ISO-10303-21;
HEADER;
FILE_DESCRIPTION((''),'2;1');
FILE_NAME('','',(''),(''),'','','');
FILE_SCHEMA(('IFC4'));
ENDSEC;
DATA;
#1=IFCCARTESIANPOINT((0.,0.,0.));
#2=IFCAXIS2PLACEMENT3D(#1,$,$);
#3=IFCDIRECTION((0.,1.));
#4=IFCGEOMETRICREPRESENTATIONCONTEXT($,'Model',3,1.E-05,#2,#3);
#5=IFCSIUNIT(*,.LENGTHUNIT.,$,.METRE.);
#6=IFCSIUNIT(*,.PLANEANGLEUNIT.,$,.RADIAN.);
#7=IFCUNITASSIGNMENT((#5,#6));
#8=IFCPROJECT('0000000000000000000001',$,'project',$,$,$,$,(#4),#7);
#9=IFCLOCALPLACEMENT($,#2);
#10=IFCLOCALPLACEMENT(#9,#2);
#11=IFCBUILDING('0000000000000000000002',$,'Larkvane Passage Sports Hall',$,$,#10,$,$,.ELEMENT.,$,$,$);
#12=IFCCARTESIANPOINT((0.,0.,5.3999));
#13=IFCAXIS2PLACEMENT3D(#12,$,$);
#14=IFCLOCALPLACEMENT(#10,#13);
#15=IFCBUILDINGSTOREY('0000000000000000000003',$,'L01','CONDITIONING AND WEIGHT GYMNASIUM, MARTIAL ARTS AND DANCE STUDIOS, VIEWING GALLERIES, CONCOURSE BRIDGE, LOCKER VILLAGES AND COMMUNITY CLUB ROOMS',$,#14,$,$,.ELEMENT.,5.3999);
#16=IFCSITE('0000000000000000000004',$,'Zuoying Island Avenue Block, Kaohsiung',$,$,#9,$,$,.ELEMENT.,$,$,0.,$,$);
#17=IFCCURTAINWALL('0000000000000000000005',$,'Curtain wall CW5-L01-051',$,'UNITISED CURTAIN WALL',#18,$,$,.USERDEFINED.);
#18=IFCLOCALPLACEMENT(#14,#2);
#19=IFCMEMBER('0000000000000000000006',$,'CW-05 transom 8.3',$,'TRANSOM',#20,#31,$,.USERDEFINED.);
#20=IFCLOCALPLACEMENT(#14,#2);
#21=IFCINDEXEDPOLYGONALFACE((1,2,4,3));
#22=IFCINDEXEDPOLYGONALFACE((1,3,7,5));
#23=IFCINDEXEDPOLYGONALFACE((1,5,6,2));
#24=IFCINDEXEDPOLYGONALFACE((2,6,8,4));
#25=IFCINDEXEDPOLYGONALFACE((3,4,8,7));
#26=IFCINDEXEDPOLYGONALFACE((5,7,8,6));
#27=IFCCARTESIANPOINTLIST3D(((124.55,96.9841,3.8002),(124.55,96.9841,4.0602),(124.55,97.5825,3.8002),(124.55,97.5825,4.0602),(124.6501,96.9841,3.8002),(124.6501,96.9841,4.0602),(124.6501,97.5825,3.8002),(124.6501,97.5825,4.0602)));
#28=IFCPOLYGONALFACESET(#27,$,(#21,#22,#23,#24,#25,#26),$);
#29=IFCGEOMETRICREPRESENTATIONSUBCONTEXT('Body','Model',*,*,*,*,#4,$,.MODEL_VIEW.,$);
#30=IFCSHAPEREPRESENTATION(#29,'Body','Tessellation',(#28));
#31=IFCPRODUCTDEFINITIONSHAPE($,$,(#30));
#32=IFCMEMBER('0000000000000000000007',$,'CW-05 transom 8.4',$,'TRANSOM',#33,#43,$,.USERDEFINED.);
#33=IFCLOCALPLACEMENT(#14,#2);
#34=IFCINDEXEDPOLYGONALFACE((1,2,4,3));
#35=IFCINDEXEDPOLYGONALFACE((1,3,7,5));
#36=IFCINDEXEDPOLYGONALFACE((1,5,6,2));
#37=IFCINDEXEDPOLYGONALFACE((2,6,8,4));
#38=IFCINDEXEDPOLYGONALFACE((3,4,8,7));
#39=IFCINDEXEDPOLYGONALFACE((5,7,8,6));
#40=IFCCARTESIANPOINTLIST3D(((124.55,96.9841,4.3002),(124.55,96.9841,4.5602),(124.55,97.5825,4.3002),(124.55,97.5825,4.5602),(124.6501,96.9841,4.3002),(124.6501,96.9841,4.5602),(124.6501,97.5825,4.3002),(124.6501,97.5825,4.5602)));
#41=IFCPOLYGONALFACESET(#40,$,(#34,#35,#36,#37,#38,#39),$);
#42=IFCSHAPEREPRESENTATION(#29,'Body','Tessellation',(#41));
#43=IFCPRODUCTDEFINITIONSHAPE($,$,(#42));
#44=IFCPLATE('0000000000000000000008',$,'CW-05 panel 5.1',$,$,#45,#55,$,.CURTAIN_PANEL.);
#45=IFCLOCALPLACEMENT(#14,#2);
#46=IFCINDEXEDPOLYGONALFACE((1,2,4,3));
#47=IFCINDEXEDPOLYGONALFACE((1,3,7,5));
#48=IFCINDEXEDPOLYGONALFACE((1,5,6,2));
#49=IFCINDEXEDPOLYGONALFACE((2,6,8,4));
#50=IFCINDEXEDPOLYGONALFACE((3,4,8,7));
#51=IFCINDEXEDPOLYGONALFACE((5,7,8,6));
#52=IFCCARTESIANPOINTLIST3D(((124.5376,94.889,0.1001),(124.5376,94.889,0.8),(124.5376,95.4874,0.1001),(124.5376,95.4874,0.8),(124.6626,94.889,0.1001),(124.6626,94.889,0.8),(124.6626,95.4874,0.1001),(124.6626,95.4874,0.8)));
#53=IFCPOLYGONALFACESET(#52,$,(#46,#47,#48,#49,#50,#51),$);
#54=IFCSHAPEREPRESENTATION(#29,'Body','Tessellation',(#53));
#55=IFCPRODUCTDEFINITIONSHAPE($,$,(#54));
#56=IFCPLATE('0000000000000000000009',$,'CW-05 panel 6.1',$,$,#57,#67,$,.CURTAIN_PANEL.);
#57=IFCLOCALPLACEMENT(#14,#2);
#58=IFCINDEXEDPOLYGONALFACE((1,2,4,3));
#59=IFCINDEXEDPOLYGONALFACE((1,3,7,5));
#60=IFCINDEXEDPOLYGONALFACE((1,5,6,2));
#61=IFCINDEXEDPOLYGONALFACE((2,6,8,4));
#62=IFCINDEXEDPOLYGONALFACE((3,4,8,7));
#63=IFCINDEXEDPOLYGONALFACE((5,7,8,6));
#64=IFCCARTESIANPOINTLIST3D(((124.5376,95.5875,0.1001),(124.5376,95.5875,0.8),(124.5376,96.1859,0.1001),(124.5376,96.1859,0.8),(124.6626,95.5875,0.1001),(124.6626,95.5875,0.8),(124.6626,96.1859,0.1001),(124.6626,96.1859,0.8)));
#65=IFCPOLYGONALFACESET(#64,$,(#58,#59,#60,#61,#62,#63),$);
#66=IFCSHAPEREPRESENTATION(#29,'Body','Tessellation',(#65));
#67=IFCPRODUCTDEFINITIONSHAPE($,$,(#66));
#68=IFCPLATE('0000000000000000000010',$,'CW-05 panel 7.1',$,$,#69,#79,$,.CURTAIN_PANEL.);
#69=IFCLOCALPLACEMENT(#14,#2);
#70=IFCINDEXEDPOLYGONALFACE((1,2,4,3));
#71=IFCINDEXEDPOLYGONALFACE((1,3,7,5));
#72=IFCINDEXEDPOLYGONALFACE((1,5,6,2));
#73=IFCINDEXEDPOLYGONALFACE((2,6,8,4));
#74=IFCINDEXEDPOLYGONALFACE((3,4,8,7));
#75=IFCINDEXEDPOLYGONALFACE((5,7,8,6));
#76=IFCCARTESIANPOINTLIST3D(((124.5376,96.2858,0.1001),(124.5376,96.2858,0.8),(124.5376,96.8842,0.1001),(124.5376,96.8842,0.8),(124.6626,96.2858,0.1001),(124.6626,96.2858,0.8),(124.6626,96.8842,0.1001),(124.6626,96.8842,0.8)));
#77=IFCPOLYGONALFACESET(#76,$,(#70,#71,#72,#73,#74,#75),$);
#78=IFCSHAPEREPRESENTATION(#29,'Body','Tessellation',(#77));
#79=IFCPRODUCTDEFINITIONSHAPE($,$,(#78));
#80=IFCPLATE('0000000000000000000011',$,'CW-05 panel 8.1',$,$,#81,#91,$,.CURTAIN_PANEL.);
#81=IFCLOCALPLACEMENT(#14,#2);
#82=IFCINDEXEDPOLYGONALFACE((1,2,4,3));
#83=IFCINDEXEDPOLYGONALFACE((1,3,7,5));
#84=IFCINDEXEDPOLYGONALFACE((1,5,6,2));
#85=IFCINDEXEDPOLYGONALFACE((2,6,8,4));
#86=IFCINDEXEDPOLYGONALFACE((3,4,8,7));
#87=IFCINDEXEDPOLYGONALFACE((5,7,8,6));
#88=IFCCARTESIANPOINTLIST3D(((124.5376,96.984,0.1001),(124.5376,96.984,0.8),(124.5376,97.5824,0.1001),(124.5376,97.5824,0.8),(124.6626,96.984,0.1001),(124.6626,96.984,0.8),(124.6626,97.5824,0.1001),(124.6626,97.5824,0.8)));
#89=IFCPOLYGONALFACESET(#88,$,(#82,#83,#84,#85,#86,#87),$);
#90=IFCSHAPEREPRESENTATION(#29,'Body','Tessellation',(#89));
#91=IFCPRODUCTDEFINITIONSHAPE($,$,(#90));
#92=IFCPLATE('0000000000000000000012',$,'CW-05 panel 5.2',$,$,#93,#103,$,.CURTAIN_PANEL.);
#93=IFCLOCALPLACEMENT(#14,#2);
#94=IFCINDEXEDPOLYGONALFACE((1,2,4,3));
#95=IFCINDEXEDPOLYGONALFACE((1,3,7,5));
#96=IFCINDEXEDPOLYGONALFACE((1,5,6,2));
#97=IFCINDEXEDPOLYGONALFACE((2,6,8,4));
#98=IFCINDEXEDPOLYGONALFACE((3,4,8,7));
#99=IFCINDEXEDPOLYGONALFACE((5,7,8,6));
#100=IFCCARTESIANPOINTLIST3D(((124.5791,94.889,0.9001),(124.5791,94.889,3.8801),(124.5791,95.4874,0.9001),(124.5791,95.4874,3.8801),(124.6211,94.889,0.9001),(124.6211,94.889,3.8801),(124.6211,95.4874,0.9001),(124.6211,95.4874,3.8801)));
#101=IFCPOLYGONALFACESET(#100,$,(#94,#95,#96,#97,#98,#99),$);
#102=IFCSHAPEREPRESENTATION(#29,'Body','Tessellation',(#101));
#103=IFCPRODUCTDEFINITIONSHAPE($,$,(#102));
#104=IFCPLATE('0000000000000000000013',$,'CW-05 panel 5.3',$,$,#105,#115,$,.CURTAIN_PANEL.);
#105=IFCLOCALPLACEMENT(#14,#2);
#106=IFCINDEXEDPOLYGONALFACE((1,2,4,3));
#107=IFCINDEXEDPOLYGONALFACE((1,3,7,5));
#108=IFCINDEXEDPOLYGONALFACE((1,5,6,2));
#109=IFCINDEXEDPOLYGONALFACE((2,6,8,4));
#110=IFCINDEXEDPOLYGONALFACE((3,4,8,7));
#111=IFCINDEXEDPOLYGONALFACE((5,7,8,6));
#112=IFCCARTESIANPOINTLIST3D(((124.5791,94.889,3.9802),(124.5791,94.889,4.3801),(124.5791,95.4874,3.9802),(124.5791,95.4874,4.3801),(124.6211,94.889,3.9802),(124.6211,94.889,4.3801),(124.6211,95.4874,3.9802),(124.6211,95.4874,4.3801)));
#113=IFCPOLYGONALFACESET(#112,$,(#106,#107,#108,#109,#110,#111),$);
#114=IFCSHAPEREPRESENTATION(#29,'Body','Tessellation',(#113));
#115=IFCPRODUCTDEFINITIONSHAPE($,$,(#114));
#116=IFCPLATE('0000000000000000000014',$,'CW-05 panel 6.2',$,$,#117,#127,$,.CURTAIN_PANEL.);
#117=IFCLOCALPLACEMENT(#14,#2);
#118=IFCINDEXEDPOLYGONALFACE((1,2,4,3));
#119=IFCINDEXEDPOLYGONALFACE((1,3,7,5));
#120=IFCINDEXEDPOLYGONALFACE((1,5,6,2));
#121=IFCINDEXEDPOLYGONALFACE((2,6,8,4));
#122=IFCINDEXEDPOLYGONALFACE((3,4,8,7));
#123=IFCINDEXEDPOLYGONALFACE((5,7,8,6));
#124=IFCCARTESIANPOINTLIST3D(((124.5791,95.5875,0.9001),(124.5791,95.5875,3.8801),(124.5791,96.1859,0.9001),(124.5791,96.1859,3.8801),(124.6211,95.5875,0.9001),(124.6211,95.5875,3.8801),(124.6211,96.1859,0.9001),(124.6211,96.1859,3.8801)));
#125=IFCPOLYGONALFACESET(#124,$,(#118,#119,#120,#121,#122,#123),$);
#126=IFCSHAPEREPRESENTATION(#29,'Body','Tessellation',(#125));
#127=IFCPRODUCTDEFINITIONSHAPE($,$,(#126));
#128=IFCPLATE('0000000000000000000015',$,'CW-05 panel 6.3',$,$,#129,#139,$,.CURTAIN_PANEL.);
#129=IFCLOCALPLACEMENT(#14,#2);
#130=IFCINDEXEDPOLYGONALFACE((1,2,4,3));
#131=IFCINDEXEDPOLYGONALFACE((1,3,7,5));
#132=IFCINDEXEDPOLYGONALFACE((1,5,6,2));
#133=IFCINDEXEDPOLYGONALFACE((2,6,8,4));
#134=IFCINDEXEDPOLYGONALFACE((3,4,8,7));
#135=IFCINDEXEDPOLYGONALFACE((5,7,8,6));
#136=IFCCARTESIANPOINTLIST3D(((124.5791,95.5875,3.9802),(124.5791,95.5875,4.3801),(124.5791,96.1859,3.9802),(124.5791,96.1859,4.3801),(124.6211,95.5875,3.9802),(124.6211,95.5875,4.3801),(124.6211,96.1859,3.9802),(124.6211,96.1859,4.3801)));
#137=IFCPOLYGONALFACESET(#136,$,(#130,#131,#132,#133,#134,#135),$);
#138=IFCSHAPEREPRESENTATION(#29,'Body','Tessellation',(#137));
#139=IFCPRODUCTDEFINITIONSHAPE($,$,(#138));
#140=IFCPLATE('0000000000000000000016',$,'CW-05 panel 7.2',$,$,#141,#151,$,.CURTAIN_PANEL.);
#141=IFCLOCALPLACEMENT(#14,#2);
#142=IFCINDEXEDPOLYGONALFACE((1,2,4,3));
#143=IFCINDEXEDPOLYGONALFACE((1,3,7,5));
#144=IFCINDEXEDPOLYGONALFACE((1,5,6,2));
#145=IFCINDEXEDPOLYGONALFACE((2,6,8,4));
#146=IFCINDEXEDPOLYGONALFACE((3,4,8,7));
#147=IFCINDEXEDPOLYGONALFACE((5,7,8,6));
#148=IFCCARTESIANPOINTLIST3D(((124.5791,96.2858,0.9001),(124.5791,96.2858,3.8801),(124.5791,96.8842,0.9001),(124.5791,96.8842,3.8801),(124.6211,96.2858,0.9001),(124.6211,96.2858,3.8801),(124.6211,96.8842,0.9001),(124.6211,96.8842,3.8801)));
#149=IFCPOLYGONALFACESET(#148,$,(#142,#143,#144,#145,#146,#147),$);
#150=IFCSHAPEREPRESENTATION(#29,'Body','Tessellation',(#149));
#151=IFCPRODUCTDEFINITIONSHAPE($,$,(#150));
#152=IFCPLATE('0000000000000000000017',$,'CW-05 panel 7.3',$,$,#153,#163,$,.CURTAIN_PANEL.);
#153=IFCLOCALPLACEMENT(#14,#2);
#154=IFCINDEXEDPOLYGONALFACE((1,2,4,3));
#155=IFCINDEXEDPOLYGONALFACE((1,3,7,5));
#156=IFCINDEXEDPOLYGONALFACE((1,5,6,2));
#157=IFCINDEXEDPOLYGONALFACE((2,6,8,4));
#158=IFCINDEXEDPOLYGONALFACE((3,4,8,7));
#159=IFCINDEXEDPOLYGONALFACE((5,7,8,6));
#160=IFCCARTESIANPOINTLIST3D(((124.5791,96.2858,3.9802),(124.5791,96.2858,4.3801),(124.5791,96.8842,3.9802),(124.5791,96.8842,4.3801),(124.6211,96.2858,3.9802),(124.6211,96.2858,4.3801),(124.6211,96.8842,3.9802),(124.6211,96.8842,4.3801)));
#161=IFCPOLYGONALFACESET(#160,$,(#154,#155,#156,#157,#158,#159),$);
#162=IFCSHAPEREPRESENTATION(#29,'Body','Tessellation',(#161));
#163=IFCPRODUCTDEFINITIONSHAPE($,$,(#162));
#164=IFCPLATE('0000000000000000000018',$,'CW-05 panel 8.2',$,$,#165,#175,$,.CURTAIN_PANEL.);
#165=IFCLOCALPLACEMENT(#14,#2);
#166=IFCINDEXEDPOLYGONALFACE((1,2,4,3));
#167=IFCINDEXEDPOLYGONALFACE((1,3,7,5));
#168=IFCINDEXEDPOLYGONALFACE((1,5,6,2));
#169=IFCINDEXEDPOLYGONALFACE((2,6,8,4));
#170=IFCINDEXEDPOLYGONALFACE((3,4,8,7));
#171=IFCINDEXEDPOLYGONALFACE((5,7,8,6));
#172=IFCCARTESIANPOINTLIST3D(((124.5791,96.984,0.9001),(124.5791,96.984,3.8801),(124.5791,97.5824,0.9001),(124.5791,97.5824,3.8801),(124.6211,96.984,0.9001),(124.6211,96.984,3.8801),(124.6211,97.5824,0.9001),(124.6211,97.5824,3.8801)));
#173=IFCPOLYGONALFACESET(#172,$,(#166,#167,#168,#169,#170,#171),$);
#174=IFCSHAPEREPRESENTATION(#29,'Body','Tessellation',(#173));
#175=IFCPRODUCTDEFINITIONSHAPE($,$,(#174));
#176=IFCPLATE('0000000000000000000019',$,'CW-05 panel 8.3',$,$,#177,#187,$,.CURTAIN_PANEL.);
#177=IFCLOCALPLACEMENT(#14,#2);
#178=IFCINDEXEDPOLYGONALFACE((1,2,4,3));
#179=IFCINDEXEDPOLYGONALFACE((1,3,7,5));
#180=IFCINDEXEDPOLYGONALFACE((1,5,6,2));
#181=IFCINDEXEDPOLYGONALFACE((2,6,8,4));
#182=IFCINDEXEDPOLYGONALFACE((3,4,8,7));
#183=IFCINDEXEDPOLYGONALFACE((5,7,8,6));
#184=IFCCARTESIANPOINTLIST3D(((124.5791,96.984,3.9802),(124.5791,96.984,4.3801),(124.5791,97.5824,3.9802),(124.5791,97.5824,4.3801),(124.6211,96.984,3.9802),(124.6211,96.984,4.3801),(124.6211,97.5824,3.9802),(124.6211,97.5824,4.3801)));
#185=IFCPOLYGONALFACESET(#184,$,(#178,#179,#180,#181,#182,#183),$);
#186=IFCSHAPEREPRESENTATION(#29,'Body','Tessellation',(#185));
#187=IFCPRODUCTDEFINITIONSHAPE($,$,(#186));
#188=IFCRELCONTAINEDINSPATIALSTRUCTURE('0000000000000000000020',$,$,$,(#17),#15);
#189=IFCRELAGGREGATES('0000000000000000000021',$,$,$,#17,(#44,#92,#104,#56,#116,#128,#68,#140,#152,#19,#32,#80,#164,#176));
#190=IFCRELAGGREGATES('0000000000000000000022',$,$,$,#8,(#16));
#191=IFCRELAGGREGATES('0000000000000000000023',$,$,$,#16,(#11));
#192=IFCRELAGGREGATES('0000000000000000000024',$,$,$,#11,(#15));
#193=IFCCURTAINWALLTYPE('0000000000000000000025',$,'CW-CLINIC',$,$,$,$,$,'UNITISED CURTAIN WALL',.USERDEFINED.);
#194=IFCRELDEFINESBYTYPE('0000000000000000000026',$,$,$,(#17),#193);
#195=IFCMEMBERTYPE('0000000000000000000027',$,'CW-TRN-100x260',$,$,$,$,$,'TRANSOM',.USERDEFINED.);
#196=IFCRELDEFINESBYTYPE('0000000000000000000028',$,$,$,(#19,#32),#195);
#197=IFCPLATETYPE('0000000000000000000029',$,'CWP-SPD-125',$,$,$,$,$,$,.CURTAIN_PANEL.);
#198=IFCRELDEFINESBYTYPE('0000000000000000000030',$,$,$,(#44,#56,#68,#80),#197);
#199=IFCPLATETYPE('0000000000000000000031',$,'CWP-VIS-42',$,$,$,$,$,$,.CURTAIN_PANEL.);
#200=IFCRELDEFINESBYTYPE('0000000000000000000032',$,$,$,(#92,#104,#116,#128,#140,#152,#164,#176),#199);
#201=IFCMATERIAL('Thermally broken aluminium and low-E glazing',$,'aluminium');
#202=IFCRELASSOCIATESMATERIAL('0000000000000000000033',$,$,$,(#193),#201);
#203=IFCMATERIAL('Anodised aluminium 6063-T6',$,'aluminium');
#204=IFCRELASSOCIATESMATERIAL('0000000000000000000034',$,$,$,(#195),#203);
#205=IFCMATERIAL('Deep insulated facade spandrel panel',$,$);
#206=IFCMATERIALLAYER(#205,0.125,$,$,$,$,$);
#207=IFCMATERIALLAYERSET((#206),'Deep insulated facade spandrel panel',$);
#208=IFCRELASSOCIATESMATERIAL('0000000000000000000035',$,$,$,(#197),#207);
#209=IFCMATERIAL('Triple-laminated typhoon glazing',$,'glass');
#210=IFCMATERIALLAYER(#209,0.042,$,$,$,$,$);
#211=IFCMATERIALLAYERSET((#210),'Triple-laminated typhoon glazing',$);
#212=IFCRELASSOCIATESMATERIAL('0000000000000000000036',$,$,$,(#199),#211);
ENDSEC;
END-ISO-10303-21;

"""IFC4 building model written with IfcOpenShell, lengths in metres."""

from ifc_helpers import new_model, si_unit, direction, frame, origin, origin_2d, place, context, subcontext, project, spatial, rectangle, extrude, material, layer, layer_set, material_profile, profile_set, type_object, element, aggregate, save


model = new_model("IFC4")

# Units and contexts
model_context = context("Model", 3, precision=1e-05, world=origin(), true_north=direction((0.0, 1.0)))
body_context = subcontext(model_context, "Body", "Model", "MODEL_VIEW")
ifc_project = project(units=[si_unit("LENGTHUNIT", "METRE"), si_unit("PLANEANGLEUNIT", "RADIAN")], contexts=[model_context])

# Site, building, storey
site_placement = place(None, origin())
site = spatial("IfcSite", under=ifc_project, at=site_placement, Name="Zuoying Island Avenue Block, Kaohsiung", CompositionType="ELEMENT", RefElevation=0.0)
building_placement = place(site_placement, origin())
building = spatial("IfcBuilding", under=site, at=building_placement, Name="Larkvane Passage Sports Hall", CompositionType="ELEMENT")
storey_placement = place(building_placement, frame((0.0, 0.0, 5.3999)))
storey = spatial("IfcBuildingStorey", under=building, at=storey_placement, Name="L01", Description="CONDITIONING AND WEIGHT GYMNASIUM, MARTIAL ARTS AND DANCE STUDIOS, VIEWING GALLERIES, CONCOURSE BRIDGE, LOCKER VILLAGES AND COMMUNITY CLUB ROOMS", CompositionType="ELEMENT", Elevation=5.3999)

# Curtain wall, members, plates
ifc_material_1 = material(Name="Thermally broken aluminium and low-E glazing", Category="aluminium")
curtain_wall_type = type_object("IfcCurtainWallType", Name="CW-CLINIC", ElementType="UNITISED CURTAIN WALL", PredefinedType="USERDEFINED", material=ifc_material_1)
curtain_wall_placement = place(storey_placement, origin())
curtain_wall = element("IfcCurtainWall", 1, at=curtain_wall_placement, inside=storey, type_object=curtain_wall_type, Name="Curtain wall CW5-L01-051", ObjectType="UNITISED CURTAIN WALL", PredefinedType="USERDEFINED")
ifc_material_2 = material(Name="Anodised aluminium 6063-T6", Category="aluminium")
ifc_material_profile_1 = material_profile(ifc_material_2, rectangle(XDim=0.1001, YDim=0.26, at=origin_2d()), Name="ALU-TRN-100x260")
ifc_profile_set_1 = profile_set([ifc_material_profile_1], Name="Anodised aluminium 6063-T6")
member_type_1 = type_object("IfcMemberType", Name="CW-TRN-100x260", ElementType="TRANSOM", PredefinedType="USERDEFINED", material=ifc_profile_set_1)
member_1_placement = place(storey_placement, frame((124.6001, 96.9841, 3.9302), z_axis=(0.0, 1.0, 0.0), x_axis=(-1.0, 0.0, 0.0)))
member_1 = element("IfcMember", 2, at=member_1_placement, type_object=member_type_1, Name="CW-05 transom 8.3", ObjectType="TRANSOM", PredefinedType="USERDEFINED", context=body_context, shape_type="SweptSolid", body=[
    extrude(rectangle(XDim=0.1001, YDim=0.26, at=origin_2d()), origin(), (0.0, 0.0, 1.0), 0.5984),
])
member_2_placement = place(storey_placement, frame((124.6001, 96.9841, 4.4302), z_axis=(0.0, 1.0, 0.0), x_axis=(-1.0, 0.0, 0.0)))
member_2 = element("IfcMember", 3, at=member_2_placement, type_object=member_type_1, Name="CW-05 transom 8.4", ObjectType="TRANSOM", PredefinedType="USERDEFINED", context=body_context, shape_type="SweptSolid", body=[
    extrude(rectangle(XDim=0.1001, YDim=0.26, at=origin_2d()), origin(), (0.0, 0.0, 1.0), 0.5984),
])
ifc_material_3 = material(Name="Deep insulated facade spandrel panel")
ifc_layer_1 = layer(ifc_material_3, 0.125)
ifc_layer_set_1 = layer_set([ifc_layer_1], Name="Deep insulated facade spandrel panel")
plate_type_1 = type_object("IfcPlateType", Name="CWP-SPD-125", PredefinedType="CURTAIN_PANEL", material=ifc_layer_set_1)
plate_1_placement = place(storey_placement, frame((124.6001, 95.1882, 0.1001), z_axis=(0.0, 0.0, 1.0), x_axis=(0.0, 1.0, 0.0)))
plate_1 = element("IfcPlate", 4, at=plate_1_placement, type_object=plate_type_1, Name="CW-05 panel 5.1", PredefinedType="CURTAIN_PANEL", context=body_context, shape_type="SweptSolid", body=[
    extrude(rectangle(XDim=0.5984, YDim=0.125, at=origin_2d()), origin(), (0.0, 0.0, 1.0), 0.7),
])
plate_2_placement = place(storey_placement, frame((124.6001, 95.8867, 0.1001), z_axis=(0.0, 0.0, 1.0), x_axis=(0.0, 1.0, 0.0)))
plate_2 = element("IfcPlate", 5, at=plate_2_placement, type_object=plate_type_1, Name="CW-05 panel 6.1", PredefinedType="CURTAIN_PANEL", context=body_context, shape_type="SweptSolid", body=[
    extrude(rectangle(XDim=0.5984, YDim=0.125, at=origin_2d()), origin(), (0.0, 0.0, 1.0), 0.7),
])
plate_3_placement = place(storey_placement, frame((124.6001, 96.585, 0.1001), z_axis=(0.0, 0.0, 1.0), x_axis=(0.0, 1.0, 0.0)))
plate_3 = element("IfcPlate", 6, at=plate_3_placement, type_object=plate_type_1, Name="CW-05 panel 7.1", PredefinedType="CURTAIN_PANEL", context=body_context, shape_type="SweptSolid", body=[
    extrude(rectangle(XDim=0.5984, YDim=0.125, at=origin_2d()), origin(), (0.0, 0.0, 1.0), 0.7),
])
plate_4_placement = place(storey_placement, frame((124.6001, 97.2832, 0.1001), z_axis=(0.0, 0.0, 1.0), x_axis=(0.0, 1.0, 0.0)))
plate_4 = element("IfcPlate", 7, at=plate_4_placement, type_object=plate_type_1, Name="CW-05 panel 8.1", PredefinedType="CURTAIN_PANEL", context=body_context, shape_type="SweptSolid", body=[
    extrude(rectangle(XDim=0.5984, YDim=0.125, at=origin_2d()), origin(), (0.0, 0.0, 1.0), 0.7),
])
ifc_material_4 = material(Name="Triple-laminated typhoon glazing", Category="glass")
ifc_layer_2 = layer(ifc_material_4, 0.042)
ifc_layer_set_2 = layer_set([ifc_layer_2], Name="Triple-laminated typhoon glazing")
plate_type_2 = type_object("IfcPlateType", Name="CWP-VIS-42", PredefinedType="CURTAIN_PANEL", material=ifc_layer_set_2)
plate_5_placement = place(storey_placement, frame((124.6001, 95.1882, 0.9001), z_axis=(0.0, 0.0, 1.0), x_axis=(0.0, 1.0, 0.0)))
plate_5 = element("IfcPlate", 8, at=plate_5_placement, type_object=plate_type_2, Name="CW-05 panel 5.2", PredefinedType="CURTAIN_PANEL", context=body_context, shape_type="SweptSolid", body=[
    extrude(rectangle(XDim=0.5984, YDim=0.042, at=origin_2d()), origin(), (0.0, 0.0, 1.0), 2.98),
])
plate_6_placement = place(storey_placement, frame((124.6001, 95.1882, 3.9802), z_axis=(0.0, 0.0, 1.0), x_axis=(0.0, 1.0, 0.0)))
plate_6 = element("IfcPlate", 9, at=plate_6_placement, type_object=plate_type_2, Name="CW-05 panel 5.3", PredefinedType="CURTAIN_PANEL", context=body_context, shape_type="SweptSolid", body=[
    extrude(rectangle(XDim=0.5984, YDim=0.042, at=origin_2d()), origin(), (0.0, 0.0, 1.0), 0.3999),
])
plate_7_placement = place(storey_placement, frame((124.6001, 95.8867, 0.9001), z_axis=(0.0, 0.0, 1.0), x_axis=(0.0, 1.0, 0.0)))
plate_7 = element("IfcPlate", 10, at=plate_7_placement, type_object=plate_type_2, Name="CW-05 panel 6.2", PredefinedType="CURTAIN_PANEL", context=body_context, shape_type="SweptSolid", body=[
    extrude(rectangle(XDim=0.5984, YDim=0.042, at=origin_2d()), origin(), (0.0, 0.0, 1.0), 2.98),
])
plate_8_placement = place(storey_placement, frame((124.6001, 95.8867, 3.9802), z_axis=(0.0, 0.0, 1.0), x_axis=(0.0, 1.0, 0.0)))
plate_8 = element("IfcPlate", 11, at=plate_8_placement, type_object=plate_type_2, Name="CW-05 panel 6.3", PredefinedType="CURTAIN_PANEL", context=body_context, shape_type="SweptSolid", body=[
    extrude(rectangle(XDim=0.5984, YDim=0.042, at=origin_2d()), origin(), (0.0, 0.0, 1.0), 0.3999),
])
plate_9_placement = place(storey_placement, frame((124.6001, 96.585, 0.9001), z_axis=(0.0, 0.0, 1.0), x_axis=(0.0, 1.0, 0.0)))
plate_9 = element("IfcPlate", 12, at=plate_9_placement, type_object=plate_type_2, Name="CW-05 panel 7.2", PredefinedType="CURTAIN_PANEL", context=body_context, shape_type="SweptSolid", body=[
    extrude(rectangle(XDim=0.5984, YDim=0.042, at=origin_2d()), origin(), (0.0, 0.0, 1.0), 2.98),
])
plate_10_placement = place(storey_placement, frame((124.6001, 96.585, 3.9802), z_axis=(0.0, 0.0, 1.0), x_axis=(0.0, 1.0, 0.0)))
plate_10 = element("IfcPlate", 13, at=plate_10_placement, type_object=plate_type_2, Name="CW-05 panel 7.3", PredefinedType="CURTAIN_PANEL", context=body_context, shape_type="SweptSolid", body=[
    extrude(rectangle(XDim=0.5984, YDim=0.042, at=origin_2d()), origin(), (0.0, 0.0, 1.0), 0.3999),
])
plate_11_placement = place(storey_placement, frame((124.6001, 97.2832, 0.9001), z_axis=(0.0, 0.0, 1.0), x_axis=(0.0, 1.0, 0.0)))
plate_11 = element("IfcPlate", 14, at=plate_11_placement, type_object=plate_type_2, Name="CW-05 panel 8.2", PredefinedType="CURTAIN_PANEL", context=body_context, shape_type="SweptSolid", body=[
    extrude(rectangle(XDim=0.5984, YDim=0.042, at=origin_2d()), origin(), (0.0, 0.0, 1.0), 2.98),
])
plate_12_placement = place(storey_placement, frame((124.6001, 97.2832, 3.9802), z_axis=(0.0, 0.0, 1.0), x_axis=(0.0, 1.0, 0.0)))
plate_12 = element("IfcPlate", 15, at=plate_12_placement, type_object=plate_type_2, Name="CW-05 panel 8.3", PredefinedType="CURTAIN_PANEL", context=body_context, shape_type="SweptSolid", body=[
    extrude(rectangle(XDim=0.5984, YDim=0.042, at=origin_2d()), origin(), (0.0, 0.0, 1.0), 0.3999),
])
aggregate(curtain_wall, [plate_1, plate_5, plate_6, plate_2, plate_7, plate_8, plate_3, plate_9, plate_10, member_1, member_2, plate_4, plate_11, plate_12])

save(model, "model.ifc")
